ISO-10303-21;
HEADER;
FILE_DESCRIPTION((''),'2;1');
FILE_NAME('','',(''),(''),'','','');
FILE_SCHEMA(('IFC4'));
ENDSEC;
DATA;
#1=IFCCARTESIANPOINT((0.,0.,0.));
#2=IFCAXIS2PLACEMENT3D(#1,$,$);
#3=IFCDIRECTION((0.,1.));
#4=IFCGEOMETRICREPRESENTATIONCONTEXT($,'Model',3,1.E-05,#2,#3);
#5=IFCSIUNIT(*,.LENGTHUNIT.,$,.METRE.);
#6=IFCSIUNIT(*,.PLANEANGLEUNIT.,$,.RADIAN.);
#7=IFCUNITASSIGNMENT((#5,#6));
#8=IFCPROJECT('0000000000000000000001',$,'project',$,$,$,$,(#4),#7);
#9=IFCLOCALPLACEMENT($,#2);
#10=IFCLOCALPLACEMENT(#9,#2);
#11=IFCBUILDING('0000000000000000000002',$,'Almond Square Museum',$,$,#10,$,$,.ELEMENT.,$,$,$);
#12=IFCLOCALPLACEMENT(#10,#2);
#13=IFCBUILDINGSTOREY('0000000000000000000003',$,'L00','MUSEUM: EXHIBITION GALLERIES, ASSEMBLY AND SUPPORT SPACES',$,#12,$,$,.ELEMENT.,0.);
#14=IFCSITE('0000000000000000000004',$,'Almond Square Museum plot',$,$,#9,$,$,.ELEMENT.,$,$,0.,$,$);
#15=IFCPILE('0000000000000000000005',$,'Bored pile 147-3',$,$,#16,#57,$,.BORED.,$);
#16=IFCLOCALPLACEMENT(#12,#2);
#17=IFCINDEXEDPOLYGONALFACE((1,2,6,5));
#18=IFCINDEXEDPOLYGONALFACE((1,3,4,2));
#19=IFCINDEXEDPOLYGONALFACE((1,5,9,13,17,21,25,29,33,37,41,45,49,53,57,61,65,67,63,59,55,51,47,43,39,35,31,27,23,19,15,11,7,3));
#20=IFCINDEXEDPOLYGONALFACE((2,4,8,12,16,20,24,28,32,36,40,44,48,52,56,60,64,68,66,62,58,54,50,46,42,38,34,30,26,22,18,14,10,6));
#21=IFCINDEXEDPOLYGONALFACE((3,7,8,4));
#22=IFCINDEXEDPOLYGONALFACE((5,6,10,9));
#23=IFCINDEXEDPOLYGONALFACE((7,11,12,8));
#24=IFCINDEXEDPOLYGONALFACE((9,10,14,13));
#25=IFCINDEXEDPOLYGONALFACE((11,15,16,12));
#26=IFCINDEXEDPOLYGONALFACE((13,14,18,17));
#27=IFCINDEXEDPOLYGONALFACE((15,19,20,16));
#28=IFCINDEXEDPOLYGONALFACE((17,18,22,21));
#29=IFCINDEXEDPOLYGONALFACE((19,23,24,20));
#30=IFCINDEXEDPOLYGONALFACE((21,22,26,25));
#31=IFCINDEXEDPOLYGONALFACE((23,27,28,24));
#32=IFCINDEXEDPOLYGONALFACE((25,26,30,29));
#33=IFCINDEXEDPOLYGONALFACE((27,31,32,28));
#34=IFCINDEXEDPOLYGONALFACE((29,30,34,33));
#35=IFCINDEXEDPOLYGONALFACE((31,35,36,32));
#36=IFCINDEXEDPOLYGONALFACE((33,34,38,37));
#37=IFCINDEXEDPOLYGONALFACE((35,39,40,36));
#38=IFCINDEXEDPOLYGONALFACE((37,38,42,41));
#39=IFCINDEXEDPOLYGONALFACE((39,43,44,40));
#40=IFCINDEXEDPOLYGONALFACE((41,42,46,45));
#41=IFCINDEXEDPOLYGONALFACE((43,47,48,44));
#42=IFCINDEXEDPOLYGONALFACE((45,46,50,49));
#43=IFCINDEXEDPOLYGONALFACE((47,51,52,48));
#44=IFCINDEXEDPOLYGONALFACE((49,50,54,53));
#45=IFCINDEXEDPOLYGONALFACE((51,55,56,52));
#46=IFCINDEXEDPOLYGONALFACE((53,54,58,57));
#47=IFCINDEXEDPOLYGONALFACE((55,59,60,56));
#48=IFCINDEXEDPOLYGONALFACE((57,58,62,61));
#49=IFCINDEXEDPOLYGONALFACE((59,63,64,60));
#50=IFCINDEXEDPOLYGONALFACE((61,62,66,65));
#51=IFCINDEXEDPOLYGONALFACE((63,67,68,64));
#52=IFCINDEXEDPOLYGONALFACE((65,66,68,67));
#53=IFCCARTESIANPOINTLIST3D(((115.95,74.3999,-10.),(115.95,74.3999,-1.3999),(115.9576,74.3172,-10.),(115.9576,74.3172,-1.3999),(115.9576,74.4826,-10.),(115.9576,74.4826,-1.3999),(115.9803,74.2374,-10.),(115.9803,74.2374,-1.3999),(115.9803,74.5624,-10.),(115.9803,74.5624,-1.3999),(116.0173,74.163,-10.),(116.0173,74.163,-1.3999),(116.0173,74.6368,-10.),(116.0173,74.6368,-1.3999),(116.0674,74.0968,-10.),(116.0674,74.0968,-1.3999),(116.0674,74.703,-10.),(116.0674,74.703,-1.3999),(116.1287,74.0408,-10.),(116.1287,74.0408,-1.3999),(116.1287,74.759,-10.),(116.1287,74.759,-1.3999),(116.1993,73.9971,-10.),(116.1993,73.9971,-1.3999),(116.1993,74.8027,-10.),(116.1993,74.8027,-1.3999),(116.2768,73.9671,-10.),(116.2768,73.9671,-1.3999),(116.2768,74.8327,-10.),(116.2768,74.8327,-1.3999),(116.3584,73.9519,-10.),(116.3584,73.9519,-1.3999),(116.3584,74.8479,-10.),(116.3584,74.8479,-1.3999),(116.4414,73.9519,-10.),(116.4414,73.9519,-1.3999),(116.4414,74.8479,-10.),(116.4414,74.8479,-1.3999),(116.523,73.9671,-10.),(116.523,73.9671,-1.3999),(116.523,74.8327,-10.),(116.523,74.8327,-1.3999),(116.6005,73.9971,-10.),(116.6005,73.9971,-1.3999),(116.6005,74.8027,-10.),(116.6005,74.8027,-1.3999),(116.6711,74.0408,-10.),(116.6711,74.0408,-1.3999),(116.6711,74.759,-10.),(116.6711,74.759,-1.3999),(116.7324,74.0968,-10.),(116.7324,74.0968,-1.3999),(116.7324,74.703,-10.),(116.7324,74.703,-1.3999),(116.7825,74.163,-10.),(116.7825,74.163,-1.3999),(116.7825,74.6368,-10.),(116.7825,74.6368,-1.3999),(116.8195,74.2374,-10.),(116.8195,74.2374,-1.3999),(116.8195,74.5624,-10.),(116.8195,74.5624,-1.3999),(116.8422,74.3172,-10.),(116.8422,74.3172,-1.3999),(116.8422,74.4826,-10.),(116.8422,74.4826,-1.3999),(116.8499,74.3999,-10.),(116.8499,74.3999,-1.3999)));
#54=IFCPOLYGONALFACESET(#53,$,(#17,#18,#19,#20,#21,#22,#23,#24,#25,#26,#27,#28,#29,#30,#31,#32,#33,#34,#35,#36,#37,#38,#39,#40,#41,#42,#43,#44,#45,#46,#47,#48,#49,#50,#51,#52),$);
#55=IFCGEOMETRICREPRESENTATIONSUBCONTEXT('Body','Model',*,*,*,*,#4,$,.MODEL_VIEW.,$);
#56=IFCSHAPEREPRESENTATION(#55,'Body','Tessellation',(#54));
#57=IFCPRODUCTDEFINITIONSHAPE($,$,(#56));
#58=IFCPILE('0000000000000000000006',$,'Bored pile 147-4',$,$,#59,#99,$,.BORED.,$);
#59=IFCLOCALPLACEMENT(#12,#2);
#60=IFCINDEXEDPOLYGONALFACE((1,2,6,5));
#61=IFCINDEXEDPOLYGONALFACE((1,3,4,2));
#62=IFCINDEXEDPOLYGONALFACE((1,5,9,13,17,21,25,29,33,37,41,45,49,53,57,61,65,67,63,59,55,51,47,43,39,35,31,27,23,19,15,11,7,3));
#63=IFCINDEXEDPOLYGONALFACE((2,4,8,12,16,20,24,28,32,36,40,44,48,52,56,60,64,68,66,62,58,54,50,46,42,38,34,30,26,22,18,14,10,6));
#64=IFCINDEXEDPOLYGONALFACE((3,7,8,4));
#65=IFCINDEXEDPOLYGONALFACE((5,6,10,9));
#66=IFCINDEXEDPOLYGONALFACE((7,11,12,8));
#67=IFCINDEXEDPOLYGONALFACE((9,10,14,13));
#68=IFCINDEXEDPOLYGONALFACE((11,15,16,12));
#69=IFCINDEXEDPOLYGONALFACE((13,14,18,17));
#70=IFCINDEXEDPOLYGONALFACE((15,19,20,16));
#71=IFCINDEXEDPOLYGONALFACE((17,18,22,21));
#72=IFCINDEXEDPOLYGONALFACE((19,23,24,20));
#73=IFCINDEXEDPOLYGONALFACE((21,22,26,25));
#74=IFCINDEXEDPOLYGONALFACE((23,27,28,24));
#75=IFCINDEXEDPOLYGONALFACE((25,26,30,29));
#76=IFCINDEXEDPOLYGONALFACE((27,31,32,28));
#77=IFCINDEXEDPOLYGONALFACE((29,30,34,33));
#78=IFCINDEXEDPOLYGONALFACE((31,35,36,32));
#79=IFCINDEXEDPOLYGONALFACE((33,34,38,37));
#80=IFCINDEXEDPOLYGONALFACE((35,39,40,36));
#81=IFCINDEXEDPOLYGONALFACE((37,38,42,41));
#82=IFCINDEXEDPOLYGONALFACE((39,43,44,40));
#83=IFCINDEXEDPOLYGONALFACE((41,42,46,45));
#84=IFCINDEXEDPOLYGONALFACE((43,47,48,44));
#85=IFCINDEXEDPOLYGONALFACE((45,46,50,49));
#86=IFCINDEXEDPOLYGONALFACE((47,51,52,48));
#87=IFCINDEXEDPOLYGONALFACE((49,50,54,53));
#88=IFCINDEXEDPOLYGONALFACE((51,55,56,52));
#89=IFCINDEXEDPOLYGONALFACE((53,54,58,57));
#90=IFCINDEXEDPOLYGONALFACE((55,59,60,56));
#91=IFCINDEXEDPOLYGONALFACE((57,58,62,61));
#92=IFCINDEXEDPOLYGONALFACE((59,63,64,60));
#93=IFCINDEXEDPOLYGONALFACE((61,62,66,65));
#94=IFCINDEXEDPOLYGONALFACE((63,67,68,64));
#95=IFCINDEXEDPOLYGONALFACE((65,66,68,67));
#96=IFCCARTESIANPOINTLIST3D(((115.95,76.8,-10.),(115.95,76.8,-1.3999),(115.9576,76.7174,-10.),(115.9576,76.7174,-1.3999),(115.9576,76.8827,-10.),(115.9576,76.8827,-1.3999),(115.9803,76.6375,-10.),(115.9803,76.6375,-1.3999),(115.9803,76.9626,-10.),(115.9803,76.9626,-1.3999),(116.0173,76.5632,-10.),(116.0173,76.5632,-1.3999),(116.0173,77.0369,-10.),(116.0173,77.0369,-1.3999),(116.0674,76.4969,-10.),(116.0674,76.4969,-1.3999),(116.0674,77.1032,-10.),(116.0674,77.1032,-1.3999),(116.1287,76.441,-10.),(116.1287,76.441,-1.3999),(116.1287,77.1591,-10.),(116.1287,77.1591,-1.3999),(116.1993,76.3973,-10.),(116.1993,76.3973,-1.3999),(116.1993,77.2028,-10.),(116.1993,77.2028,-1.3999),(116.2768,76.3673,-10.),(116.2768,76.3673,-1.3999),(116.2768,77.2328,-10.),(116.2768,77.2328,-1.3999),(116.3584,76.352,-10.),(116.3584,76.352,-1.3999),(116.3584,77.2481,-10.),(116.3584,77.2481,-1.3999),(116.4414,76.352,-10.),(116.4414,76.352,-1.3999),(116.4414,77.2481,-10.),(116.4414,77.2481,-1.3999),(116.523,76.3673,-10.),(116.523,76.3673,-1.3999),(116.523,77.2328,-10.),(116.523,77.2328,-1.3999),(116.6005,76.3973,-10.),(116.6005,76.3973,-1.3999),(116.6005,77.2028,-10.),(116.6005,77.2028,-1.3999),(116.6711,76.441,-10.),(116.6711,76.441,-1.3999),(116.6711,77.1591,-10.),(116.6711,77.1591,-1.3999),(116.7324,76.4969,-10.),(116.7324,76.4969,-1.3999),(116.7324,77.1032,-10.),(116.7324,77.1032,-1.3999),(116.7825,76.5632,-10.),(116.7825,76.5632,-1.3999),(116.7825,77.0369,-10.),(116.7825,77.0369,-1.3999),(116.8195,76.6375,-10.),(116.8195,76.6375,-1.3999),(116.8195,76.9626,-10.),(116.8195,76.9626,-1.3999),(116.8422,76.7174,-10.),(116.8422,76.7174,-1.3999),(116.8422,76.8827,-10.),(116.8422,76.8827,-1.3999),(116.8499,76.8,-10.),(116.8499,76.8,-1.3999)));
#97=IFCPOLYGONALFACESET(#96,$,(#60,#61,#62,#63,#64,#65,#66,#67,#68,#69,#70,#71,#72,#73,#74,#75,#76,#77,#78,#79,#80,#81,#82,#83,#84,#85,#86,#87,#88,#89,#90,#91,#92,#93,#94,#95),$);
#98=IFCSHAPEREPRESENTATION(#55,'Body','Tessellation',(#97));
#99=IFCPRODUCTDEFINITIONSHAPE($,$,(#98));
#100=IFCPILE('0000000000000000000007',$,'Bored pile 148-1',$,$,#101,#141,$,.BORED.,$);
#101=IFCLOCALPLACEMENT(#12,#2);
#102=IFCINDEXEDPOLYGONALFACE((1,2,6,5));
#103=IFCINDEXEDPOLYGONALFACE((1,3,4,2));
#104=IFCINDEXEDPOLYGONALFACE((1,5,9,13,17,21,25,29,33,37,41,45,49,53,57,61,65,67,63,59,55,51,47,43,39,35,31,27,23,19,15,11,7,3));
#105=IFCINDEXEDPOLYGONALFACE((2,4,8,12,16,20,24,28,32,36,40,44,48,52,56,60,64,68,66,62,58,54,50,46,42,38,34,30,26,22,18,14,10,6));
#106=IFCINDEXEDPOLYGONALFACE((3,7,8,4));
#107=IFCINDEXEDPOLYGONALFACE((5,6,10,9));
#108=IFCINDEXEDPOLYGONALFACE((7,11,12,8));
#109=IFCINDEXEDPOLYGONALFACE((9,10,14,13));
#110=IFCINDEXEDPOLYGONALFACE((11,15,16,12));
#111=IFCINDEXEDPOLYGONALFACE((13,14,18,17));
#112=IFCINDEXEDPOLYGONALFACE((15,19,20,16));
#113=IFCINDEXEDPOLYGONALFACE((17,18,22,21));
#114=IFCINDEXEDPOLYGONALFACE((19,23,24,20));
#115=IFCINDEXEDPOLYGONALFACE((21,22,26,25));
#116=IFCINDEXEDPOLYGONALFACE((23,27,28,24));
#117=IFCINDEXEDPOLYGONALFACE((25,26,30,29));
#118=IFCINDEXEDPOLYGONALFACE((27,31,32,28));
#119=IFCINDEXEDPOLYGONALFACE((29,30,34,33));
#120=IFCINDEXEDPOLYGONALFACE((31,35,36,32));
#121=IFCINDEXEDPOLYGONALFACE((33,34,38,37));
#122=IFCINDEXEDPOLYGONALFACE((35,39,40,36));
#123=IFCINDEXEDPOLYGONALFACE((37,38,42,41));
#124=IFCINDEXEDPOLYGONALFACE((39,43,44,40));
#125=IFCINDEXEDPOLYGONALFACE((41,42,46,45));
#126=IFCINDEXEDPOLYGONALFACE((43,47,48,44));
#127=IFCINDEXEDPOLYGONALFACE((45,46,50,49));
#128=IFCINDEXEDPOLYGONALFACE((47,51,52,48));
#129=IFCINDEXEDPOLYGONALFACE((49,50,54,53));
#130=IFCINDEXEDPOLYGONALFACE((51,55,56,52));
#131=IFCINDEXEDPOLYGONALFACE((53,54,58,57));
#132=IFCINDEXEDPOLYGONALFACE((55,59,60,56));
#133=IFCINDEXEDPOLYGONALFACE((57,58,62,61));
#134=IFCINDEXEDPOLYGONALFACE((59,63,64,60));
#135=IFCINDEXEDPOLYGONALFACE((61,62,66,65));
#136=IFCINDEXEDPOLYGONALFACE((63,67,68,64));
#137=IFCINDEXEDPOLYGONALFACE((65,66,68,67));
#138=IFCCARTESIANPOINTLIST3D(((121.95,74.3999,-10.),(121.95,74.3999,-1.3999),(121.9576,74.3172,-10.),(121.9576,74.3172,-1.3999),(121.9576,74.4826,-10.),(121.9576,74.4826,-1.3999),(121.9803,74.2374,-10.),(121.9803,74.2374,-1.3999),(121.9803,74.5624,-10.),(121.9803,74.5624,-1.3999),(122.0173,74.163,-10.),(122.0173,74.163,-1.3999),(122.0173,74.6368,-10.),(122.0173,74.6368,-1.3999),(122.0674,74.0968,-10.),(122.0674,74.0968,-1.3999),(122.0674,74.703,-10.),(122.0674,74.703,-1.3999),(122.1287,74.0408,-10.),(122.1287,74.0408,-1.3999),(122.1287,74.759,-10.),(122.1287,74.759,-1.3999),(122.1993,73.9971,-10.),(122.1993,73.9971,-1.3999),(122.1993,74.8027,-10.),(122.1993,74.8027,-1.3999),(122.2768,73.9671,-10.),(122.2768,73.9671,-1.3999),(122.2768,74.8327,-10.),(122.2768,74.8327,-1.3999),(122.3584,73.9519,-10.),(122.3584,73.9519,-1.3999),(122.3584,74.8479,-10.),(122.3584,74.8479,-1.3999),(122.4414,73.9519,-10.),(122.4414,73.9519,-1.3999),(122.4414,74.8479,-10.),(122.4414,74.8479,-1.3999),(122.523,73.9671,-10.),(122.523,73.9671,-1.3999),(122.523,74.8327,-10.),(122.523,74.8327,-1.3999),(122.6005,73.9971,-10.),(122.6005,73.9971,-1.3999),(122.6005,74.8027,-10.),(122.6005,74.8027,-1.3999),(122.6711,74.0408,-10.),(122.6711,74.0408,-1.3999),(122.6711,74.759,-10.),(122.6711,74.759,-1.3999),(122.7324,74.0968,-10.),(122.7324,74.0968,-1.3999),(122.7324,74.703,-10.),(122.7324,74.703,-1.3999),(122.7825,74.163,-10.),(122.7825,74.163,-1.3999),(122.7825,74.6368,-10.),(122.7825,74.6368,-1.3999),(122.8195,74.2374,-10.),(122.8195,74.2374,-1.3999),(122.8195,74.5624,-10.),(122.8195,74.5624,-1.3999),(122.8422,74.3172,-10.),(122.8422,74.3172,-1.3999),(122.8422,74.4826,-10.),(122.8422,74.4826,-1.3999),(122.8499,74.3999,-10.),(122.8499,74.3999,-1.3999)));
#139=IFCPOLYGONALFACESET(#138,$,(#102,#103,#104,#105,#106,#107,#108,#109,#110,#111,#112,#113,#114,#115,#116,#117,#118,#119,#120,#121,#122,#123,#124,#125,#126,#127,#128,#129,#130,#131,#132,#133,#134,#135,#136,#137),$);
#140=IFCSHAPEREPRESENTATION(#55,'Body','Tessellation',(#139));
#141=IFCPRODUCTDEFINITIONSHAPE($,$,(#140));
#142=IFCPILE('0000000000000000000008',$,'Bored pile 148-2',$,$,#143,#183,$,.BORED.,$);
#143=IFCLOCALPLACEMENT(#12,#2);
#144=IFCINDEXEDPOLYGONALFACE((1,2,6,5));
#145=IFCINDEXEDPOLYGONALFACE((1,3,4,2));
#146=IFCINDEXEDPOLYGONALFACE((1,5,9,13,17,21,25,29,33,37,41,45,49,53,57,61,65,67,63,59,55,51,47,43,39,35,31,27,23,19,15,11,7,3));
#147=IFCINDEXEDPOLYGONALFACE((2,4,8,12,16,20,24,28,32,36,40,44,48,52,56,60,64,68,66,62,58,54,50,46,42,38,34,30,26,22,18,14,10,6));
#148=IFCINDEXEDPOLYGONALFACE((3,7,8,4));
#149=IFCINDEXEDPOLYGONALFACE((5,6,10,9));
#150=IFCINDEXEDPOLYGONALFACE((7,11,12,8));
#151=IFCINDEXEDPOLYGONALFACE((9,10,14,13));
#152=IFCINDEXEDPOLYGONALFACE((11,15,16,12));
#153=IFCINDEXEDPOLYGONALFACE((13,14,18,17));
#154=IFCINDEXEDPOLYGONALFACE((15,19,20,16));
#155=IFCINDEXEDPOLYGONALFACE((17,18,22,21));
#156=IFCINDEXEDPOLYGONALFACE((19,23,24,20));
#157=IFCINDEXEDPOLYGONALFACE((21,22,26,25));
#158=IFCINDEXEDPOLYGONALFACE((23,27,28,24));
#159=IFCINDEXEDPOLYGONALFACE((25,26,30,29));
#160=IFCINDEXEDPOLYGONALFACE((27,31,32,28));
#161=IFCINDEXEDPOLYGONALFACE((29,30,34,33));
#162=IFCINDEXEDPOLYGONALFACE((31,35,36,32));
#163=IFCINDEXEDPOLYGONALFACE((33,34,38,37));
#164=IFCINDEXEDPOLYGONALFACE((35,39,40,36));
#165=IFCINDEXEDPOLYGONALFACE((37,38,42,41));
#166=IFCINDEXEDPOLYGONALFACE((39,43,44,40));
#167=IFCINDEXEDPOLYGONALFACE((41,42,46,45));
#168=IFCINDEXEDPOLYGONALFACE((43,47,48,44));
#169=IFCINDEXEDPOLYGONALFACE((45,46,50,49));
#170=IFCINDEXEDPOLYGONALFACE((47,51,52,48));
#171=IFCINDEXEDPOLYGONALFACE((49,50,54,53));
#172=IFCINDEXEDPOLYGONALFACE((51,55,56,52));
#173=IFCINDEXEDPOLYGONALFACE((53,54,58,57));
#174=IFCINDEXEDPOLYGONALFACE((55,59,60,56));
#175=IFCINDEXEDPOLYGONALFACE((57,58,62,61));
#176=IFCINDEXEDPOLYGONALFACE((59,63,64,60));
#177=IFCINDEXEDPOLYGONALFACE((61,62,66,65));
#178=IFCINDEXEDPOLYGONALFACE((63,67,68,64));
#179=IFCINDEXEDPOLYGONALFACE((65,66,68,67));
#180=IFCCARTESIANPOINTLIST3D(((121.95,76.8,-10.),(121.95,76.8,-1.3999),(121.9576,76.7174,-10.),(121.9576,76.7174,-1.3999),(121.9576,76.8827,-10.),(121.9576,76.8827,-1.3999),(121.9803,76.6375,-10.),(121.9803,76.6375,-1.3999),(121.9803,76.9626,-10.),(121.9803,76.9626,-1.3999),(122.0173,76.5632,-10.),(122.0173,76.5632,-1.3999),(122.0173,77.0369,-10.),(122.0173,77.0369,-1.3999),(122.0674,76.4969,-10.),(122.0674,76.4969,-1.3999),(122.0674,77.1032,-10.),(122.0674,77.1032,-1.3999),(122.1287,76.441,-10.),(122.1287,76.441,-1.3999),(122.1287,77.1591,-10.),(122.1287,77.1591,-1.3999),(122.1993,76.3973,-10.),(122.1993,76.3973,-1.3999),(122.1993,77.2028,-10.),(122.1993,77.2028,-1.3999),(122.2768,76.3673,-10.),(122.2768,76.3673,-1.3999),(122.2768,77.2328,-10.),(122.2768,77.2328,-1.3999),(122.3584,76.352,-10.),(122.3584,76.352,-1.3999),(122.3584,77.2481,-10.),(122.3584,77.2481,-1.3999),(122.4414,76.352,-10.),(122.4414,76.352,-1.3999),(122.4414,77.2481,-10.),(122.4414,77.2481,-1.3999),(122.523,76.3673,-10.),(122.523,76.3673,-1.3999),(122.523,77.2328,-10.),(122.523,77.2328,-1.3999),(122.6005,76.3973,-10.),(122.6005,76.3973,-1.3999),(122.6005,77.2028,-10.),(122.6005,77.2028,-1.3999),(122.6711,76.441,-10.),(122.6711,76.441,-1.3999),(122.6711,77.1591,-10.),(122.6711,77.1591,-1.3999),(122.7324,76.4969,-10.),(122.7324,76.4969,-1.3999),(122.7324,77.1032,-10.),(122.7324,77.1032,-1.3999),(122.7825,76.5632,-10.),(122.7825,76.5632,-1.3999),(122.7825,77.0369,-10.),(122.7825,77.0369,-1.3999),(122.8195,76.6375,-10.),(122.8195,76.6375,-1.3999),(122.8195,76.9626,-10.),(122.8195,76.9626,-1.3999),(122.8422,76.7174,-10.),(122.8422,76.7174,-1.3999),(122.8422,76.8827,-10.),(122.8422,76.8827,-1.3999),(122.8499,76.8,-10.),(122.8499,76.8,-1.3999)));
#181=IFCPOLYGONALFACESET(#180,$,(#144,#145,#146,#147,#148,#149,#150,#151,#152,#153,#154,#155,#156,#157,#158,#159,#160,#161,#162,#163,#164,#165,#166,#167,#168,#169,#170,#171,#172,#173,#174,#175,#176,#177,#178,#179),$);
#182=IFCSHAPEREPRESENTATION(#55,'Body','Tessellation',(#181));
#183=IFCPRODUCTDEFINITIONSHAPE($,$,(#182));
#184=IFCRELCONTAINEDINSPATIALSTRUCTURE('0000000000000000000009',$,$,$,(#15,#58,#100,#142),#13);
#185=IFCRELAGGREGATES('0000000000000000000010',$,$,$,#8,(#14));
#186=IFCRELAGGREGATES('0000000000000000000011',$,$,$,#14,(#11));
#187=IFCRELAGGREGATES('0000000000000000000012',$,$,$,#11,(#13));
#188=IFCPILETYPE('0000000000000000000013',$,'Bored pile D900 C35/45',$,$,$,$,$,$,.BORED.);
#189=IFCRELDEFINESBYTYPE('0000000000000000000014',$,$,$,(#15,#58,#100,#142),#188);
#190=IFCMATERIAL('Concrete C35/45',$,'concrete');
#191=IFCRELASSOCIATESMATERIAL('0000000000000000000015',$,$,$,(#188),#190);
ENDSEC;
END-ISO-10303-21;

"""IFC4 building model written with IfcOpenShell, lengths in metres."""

from ifc_helpers import new_model, si_unit, direction, frame, origin, origin_2d, place, context, subcontext, project, spatial, circle, extrude, material, material_profile, profile_set, type_object, element, save


model = new_model("IFC4")

# Units and contexts
model_context = context("Model", 3, precision=1e-05, world=origin(), true_north=direction((0.0, 1.0)))
body_context = subcontext(model_context, "Body", "Model", "MODEL_VIEW")
ifc_project = project(units=[si_unit("LENGTHUNIT", "METRE"), si_unit("PLANEANGLEUNIT", "RADIAN")], contexts=[model_context])

# Site, building, storey
site_placement = place(None, origin())
site = spatial("IfcSite", under=ifc_project, at=site_placement, Name="Almond Square Museum plot", CompositionType="ELEMENT", RefElevation=0.0)
building_placement = place(site_placement, origin())
building = spatial("IfcBuilding", under=site, at=building_placement, Name="Almond Square Museum", CompositionType="ELEMENT")
storey_placement = place(building_placement, origin())
storey = spatial("IfcBuildingStorey", under=building, at=storey_placement, Name="L00", Description="MUSEUM: EXHIBITION GALLERIES, ASSEMBLY AND SUPPORT SPACES", CompositionType="ELEMENT", Elevation=0.0)

# Piles
ifc_material_1 = material(Name="Concrete C35/45", Category="concrete")
ifc_material_profile_1 = material_profile(ifc_material_1, circle(Radius=0.45, at=origin_2d()))
ifc_profile_set_1 = profile_set([ifc_material_profile_1], Name="Concrete C35/45")
pile_type = type_object("IfcPileType", Name="Bored pile D900 C35/45", PredefinedType="BORED", material=ifc_profile_set_1)
for number, where, z_axis, x_axis, name in (
    (1, (116.3999, 74.3999, -1.3999), (0.0, 0.0, -1.0), (1.0, 0.0, 0.0), "Bored pile 147-3"),
    (2, (116.3999, 76.8, -1.3999), (0.0, 0.0, -1.0), (1.0, 0.0, 0.0), "Bored pile 147-4"),
    (3, (122.3999, 74.3999, -1.3999), (0.0, 0.0, -1.0), (1.0, 0.0, 0.0), "Bored pile 148-1"),
    (4, (122.3999, 76.8, -1.3999), (0.0, 0.0, -1.0), (1.0, 0.0, 0.0), "Bored pile 148-2"),
):
    element("IfcPile", number, at=place(storey_placement, frame(where, z_axis=z_axis, x_axis=x_axis)), inside=storey, type_object=pile_type, Name=name, PredefinedType="BORED", context=body_context, shape_type="SweptSolid", body=[
        extrude(circle(Radius=0.45, at=origin_2d()), origin(), (0.0, 0.0, 1.0), 8.6001),
    ])

save(model, "model.ifc")
